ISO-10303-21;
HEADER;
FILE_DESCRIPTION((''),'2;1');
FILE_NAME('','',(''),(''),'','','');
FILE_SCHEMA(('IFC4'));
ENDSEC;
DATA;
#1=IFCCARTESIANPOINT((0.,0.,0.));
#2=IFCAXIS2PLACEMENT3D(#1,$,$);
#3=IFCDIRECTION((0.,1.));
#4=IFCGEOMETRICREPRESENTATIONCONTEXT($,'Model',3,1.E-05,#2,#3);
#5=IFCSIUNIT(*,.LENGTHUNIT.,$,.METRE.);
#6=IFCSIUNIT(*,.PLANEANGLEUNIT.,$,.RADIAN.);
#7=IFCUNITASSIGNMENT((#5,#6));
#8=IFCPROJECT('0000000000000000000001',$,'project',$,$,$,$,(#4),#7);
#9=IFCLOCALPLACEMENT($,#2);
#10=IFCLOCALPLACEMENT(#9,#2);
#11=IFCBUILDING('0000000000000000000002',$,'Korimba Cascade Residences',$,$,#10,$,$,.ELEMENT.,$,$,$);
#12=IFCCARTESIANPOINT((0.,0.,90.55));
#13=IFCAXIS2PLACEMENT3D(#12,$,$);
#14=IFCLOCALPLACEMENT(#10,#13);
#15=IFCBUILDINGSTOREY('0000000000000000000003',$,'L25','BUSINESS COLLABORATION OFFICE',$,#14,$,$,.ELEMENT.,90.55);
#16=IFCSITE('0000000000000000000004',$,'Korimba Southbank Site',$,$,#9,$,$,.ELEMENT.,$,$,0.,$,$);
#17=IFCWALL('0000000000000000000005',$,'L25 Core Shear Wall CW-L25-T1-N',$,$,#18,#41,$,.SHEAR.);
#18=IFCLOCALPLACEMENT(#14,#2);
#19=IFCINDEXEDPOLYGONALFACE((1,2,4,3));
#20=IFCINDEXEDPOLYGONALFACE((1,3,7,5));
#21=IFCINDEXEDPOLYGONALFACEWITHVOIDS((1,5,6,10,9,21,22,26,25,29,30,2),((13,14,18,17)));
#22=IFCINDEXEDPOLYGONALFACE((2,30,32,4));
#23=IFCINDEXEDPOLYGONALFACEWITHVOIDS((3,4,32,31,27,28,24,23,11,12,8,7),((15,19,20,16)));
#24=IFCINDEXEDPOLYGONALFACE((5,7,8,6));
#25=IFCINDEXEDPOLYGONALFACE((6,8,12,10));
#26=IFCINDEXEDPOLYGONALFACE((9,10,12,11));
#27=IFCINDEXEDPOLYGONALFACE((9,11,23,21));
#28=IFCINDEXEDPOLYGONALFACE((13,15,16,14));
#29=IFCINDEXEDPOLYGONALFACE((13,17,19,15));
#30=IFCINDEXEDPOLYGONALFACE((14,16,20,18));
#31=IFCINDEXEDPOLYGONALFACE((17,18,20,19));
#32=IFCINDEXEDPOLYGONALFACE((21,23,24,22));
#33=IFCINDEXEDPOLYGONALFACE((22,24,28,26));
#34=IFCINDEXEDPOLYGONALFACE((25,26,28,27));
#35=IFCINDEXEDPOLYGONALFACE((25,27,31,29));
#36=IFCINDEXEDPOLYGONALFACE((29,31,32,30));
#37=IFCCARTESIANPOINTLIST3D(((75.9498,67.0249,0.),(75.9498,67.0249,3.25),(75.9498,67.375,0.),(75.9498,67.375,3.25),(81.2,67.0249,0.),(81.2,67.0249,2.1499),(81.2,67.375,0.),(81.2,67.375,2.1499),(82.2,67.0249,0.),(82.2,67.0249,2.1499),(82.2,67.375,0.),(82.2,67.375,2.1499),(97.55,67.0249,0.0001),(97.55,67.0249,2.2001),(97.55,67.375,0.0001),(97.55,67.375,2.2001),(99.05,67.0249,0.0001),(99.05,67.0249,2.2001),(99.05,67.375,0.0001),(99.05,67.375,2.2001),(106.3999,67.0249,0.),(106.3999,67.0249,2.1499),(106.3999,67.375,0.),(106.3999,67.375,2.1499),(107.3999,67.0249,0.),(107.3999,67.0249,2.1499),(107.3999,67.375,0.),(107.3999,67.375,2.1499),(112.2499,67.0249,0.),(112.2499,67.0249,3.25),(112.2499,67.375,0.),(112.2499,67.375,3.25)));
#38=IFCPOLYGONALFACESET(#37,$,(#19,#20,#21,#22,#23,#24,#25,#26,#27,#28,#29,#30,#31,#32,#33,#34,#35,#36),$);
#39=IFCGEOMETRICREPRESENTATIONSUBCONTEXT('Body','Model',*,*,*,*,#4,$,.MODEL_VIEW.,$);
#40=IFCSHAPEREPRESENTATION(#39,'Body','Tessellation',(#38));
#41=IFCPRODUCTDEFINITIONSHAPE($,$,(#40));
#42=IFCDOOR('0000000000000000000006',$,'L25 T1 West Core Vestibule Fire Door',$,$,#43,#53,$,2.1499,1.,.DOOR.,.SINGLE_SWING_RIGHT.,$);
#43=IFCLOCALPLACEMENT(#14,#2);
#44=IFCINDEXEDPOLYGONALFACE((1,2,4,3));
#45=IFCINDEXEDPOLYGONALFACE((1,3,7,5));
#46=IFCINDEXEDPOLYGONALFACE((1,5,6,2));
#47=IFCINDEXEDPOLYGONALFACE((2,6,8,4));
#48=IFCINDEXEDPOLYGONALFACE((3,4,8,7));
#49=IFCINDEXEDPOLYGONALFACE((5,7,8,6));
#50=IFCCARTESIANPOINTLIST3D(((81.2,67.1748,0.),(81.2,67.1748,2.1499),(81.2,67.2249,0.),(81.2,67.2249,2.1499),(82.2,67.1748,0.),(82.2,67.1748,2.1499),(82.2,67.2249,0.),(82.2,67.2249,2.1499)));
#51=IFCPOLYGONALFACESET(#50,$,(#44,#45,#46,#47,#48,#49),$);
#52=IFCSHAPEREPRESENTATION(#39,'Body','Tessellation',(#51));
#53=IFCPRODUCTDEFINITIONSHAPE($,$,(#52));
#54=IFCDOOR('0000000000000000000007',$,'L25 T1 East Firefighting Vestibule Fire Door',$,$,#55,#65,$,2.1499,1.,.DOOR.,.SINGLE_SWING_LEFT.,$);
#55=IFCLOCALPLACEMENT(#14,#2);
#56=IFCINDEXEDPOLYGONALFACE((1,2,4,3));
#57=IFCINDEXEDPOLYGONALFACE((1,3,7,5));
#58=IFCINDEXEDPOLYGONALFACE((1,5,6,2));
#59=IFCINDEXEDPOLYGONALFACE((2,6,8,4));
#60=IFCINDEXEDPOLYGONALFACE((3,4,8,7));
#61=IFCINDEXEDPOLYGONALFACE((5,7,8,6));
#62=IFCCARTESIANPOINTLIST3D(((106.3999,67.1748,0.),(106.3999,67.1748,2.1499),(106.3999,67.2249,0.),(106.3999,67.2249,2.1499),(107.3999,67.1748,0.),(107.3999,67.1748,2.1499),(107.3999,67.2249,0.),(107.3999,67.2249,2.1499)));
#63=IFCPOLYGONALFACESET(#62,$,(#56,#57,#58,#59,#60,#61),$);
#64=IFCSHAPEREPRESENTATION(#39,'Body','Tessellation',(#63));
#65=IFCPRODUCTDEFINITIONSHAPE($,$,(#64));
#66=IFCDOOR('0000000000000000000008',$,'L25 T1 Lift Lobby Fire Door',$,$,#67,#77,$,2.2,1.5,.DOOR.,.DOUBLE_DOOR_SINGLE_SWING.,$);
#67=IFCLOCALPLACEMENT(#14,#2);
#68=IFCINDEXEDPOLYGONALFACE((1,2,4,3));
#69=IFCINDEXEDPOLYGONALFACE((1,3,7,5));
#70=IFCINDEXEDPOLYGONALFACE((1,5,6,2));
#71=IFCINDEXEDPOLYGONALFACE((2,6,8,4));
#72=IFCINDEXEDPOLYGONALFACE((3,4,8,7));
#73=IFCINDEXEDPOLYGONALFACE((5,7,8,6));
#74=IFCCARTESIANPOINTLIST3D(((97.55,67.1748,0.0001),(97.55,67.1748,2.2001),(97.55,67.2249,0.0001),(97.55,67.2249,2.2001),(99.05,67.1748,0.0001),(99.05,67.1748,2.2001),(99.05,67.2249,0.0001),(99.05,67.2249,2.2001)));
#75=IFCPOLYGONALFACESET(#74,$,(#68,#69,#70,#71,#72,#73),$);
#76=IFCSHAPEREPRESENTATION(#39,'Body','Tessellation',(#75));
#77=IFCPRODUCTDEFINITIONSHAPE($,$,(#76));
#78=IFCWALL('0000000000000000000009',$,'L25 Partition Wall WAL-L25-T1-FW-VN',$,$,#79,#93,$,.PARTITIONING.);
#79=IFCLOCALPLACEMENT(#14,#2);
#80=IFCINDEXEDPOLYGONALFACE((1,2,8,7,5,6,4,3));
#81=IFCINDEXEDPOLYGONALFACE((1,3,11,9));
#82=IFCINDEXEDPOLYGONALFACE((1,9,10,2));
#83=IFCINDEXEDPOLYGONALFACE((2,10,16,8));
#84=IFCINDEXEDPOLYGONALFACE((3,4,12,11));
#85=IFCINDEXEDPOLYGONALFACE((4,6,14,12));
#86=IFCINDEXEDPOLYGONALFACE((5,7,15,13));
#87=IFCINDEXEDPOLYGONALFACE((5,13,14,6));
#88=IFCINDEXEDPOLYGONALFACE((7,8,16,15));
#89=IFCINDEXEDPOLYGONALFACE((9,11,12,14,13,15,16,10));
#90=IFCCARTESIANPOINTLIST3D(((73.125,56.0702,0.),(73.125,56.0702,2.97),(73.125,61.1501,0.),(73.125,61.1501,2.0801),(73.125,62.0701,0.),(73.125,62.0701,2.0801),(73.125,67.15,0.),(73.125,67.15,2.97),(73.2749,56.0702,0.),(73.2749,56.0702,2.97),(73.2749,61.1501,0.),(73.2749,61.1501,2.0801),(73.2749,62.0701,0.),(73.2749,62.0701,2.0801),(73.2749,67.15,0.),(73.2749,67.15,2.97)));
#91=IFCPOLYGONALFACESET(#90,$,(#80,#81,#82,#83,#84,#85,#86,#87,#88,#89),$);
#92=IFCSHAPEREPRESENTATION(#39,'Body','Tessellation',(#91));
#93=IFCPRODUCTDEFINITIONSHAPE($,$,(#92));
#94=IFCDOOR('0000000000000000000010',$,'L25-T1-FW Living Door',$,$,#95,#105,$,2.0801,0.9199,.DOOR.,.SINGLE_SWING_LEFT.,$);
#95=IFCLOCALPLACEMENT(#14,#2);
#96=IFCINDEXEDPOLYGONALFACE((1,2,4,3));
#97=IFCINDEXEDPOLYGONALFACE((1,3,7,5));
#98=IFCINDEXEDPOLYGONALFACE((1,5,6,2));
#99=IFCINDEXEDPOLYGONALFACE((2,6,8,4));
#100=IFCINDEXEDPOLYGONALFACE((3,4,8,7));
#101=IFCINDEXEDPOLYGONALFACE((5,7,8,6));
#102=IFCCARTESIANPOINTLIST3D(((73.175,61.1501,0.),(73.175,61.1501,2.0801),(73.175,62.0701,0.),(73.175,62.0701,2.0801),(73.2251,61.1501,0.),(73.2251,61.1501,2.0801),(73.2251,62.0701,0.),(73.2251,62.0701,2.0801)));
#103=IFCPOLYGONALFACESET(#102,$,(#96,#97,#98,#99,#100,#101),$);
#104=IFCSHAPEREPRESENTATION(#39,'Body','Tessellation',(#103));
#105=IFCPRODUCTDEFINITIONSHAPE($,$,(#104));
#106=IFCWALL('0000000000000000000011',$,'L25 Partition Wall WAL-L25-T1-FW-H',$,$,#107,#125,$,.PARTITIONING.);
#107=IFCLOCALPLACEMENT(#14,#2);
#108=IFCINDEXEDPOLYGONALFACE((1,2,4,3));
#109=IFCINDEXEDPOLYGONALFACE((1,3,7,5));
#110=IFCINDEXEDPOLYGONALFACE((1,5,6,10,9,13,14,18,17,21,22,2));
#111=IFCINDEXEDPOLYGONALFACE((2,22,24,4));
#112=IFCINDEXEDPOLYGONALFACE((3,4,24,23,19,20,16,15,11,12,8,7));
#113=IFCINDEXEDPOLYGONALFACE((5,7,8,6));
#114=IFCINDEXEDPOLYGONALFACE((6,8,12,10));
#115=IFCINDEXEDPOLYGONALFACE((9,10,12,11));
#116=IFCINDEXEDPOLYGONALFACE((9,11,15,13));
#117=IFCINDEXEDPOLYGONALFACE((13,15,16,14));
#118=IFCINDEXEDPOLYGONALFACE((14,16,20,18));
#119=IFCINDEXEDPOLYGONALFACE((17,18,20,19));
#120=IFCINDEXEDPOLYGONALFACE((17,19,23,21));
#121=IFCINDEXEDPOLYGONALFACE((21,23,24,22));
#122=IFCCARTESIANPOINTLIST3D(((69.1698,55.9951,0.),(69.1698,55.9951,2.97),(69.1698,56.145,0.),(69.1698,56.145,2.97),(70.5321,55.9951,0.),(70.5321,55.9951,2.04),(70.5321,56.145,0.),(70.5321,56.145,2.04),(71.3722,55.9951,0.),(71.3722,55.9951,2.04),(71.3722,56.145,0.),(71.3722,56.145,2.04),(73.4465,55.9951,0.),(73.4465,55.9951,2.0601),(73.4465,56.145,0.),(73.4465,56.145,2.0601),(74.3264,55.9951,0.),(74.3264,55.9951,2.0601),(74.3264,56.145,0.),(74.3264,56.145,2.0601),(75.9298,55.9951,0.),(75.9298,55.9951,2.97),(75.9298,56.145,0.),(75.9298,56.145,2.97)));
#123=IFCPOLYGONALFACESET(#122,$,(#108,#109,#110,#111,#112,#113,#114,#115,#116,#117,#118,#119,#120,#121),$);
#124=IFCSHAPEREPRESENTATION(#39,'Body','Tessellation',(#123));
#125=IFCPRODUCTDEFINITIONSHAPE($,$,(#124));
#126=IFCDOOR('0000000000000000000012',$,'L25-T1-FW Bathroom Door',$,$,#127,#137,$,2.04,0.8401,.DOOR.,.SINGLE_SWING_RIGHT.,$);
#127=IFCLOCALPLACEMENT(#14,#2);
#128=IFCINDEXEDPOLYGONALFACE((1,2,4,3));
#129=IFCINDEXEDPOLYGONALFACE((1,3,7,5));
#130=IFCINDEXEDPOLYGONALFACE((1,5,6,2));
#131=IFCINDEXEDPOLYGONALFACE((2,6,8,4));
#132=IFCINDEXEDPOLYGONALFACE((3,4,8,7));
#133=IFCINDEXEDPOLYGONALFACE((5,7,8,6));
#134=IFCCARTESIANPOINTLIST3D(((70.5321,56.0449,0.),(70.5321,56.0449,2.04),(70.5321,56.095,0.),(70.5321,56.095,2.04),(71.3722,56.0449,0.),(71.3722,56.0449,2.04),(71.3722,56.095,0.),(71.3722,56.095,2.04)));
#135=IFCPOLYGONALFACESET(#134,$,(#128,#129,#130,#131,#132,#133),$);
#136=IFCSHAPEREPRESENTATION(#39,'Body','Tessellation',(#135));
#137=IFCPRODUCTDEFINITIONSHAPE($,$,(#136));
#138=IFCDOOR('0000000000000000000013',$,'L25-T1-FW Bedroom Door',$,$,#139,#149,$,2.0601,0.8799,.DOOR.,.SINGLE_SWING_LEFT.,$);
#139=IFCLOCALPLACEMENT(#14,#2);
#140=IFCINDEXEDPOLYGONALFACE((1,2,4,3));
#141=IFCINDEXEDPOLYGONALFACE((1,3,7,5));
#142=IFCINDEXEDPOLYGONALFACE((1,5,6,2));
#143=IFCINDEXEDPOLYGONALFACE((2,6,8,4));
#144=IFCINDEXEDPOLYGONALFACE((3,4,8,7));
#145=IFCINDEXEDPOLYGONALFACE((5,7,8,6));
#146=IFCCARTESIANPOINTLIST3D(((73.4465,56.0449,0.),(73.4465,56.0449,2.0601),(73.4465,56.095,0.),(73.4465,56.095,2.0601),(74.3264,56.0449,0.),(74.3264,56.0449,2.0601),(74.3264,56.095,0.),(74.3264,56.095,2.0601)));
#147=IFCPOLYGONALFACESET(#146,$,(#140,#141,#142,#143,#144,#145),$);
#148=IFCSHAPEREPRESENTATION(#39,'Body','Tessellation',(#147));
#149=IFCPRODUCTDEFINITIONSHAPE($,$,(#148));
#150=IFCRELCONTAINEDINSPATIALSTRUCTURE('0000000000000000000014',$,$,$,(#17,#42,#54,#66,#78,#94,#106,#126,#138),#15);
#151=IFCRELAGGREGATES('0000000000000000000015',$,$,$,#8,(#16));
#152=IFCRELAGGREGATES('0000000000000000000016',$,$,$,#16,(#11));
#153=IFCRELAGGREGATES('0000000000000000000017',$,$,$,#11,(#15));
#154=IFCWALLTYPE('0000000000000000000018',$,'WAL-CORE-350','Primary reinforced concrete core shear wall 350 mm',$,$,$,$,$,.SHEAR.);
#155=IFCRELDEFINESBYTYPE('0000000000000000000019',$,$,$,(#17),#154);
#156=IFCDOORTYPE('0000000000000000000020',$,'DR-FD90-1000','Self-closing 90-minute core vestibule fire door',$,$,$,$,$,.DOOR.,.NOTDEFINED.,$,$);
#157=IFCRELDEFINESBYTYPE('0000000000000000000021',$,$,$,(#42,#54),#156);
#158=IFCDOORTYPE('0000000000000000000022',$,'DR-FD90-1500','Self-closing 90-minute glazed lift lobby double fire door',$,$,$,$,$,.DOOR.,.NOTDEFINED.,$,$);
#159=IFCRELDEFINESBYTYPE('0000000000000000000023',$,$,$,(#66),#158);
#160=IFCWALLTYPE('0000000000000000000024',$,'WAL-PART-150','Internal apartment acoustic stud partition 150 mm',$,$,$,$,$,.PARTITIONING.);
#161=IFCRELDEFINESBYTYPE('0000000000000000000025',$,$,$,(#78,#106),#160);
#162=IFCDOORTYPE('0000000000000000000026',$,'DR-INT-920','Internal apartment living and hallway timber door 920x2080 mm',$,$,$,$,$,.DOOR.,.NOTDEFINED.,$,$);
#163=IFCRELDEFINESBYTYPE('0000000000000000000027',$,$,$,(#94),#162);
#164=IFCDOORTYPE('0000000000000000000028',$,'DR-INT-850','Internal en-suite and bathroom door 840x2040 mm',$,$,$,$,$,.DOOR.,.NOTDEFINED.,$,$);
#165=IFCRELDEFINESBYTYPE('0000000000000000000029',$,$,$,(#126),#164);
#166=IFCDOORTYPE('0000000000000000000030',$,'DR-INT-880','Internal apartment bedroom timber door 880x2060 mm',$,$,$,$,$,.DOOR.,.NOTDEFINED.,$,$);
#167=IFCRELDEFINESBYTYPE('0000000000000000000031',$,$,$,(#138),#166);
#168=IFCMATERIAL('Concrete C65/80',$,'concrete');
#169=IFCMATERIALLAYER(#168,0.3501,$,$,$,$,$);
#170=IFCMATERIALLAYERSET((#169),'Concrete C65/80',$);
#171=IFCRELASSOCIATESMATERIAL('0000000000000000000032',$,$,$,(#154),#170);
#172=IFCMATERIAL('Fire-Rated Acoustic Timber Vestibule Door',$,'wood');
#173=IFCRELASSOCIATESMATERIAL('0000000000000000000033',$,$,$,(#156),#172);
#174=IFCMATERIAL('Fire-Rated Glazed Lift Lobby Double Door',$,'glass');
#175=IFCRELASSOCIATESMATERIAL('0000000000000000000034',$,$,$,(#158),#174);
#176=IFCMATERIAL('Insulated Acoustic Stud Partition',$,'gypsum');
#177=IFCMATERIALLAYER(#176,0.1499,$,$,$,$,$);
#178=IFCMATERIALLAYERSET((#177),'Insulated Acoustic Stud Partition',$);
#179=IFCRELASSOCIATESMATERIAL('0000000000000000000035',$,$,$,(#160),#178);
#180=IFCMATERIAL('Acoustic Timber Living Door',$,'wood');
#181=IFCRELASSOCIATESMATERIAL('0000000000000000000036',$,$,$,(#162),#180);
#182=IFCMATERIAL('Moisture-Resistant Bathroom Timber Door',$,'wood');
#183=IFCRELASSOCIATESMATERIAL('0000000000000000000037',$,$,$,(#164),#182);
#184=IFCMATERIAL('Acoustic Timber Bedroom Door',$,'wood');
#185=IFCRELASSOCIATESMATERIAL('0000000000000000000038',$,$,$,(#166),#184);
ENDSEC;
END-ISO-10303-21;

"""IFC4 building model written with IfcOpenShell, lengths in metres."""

from ifc_helpers import new_model, si_unit, direction, frame, frame_2d, origin, place, context, subcontext, project, spatial, rectangle, extrude, material, layer, layer_set, type_object, element, fill, save


model = new_model("IFC4")

# Units and contexts
model_context = context("Model", 3, precision=1e-05, world=origin(), true_north=direction((0.0, 1.0)))
body_context = subcontext(model_context, "Body", "Model", "MODEL_VIEW")
ifc_project = project(units=[si_unit("LENGTHUNIT", "METRE"), si_unit("PLANEANGLEUNIT", "RADIAN")], contexts=[model_context])

# Site, building, storey
site_placement = place(None, origin())
site = spatial("IfcSite", under=ifc_project, at=site_placement, Name="Korimba Southbank Site", CompositionType="ELEMENT", RefElevation=0.0)
building_placement = place(site_placement, origin())
building = spatial("IfcBuilding", under=site, at=building_placement, Name="Korimba Cascade Residences", CompositionType="ELEMENT")
storey_placement = place(building_placement, frame((0.0, 0.0, 90.55)))
storey = spatial("IfcBuildingStorey", under=building, at=storey_placement, Name="L25", Description="BUSINESS COLLABORATION OFFICE", CompositionType="ELEMENT", Elevation=90.55)

# Shared definitions
ifc_material_1 = material(Name="Concrete C65/80", Category="concrete")

# Shared definitions
ifc_layer_1 = layer(ifc_material_1, 0.3501)
ifc_layer_set_1 = layer_set([ifc_layer_1], Name="Concrete C65/80")
wall_type_1 = type_object("IfcWallType", Name="WAL-CORE-350", Description="Primary reinforced concrete core shear wall 350 mm", PredefinedType="SHEAR", material=ifc_layer_set_1)

# Wall, openings, doors
wall_1_placement = place(storey_placement, frame((75.95, 67.2, 0.0), z_axis=(0.0, 0.0, 1.0), x_axis=(1.0, 0.0, 0.0)))
wall_1 = element("IfcWall", 1, at=wall_1_placement, inside=storey, type_object=wall_type_1, Name="L25 Core Shear Wall CW-L25-T1-N", PredefinedType="SHEAR", context=body_context, shape_type="SweptSolid", body=[
    extrude(rectangle(XDim=36.3, YDim=0.3501, at=frame_2d((18.1499, 0.0))), origin(), (0.0, 0.0, 1.0), 3.25),
])
opening_1_placement = place(wall_1_placement, frame((5.25, 0.0, 0.0)))
opening_1 = element("IfcOpeningElement", 2, at=opening_1_placement, cuts=wall_1, PredefinedType="OPENING", context=body_context, shape_type="SweptSolid", body=[
    extrude(rectangle(XDim=1.0, YDim=2.1499, at=frame_2d((0.5, 1.075))), frame((0.0, 0.1851, 0.0), z_axis=(0.0, -1.0, 0.0), x_axis=(1.0, 0.0, 0.0)), (0.0, 0.0, 1.0), 0.3701),
])
opening_2_placement = place(wall_1_placement, frame((21.6001, 0.0, 0.0)))
opening_2 = element("IfcOpeningElement", 3, at=opening_2_placement, cuts=wall_1, PredefinedType="OPENING", context=body_context, shape_type="SweptSolid", body=[
    extrude(rectangle(XDim=1.5, YDim=2.2, at=frame_2d((0.75, 1.1001))), frame((0.0, 0.1851, 0.0), z_axis=(0.0, -1.0, 0.0), x_axis=(1.0, 0.0, 0.0)), (0.0, 0.0, 1.0), 0.3701),
])
opening_3_placement = place(wall_1_placement, frame((30.45, 0.0, 0.0)))
opening_3 = element("IfcOpeningElement", 4, at=opening_3_placement, cuts=wall_1, PredefinedType="OPENING", context=body_context, shape_type="SweptSolid", body=[
    extrude(rectangle(XDim=1.0, YDim=2.1499, at=frame_2d((0.5, 1.075))), frame((0.0, 0.1851, 0.0), z_axis=(0.0, -1.0, 0.0), x_axis=(1.0, 0.0, 0.0)), (0.0, 0.0, 1.0), 0.3701),
])
ifc_material_2 = material(Name="Fire-Rated Acoustic Timber Vestibule Door", Category="wood")
door_type_1 = type_object("IfcDoorType", Name="DR-FD90-1000", Description="Self-closing 90-minute core vestibule fire door", OperationType="NOTDEFINED", PredefinedType="DOOR", material=ifc_material_2)
door_1_placement = place(opening_1_placement, origin())
door_1 = element("IfcDoor", 5, at=door_1_placement, inside=storey, type_object=door_type_1, Name="L25 T1 West Core Vestibule Fire Door", OperationType="SINGLE_SWING_RIGHT", OverallHeight=2.1499, OverallWidth=1.0, PredefinedType="DOOR", context=body_context, shape_type="SweptSolid", body=[
    extrude(rectangle(XDim=1.0, YDim=2.1499, at=frame_2d((0.5, 1.075))), frame((0.0, 0.0249, 0.0), z_axis=(0.0, -1.0, 0.0), x_axis=(1.0, 0.0, 0.0)), (0.0, 0.0, 1.0), 0.05),
])
fill(opening_1, door_1)
door_2_placement = place(opening_3_placement, origin())
door_2 = element("IfcDoor", 6, at=door_2_placement, inside=storey, type_object=door_type_1, Name="L25 T1 East Firefighting Vestibule Fire Door", OperationType="SINGLE_SWING_LEFT", OverallHeight=2.1499, OverallWidth=1.0, PredefinedType="DOOR", context=body_context, shape_type="SweptSolid", body=[
    extrude(rectangle(XDim=1.0, YDim=2.1499, at=frame_2d((0.5, 1.075))), frame((0.0, 0.0249, 0.0), z_axis=(0.0, -1.0, 0.0), x_axis=(1.0, 0.0, 0.0)), (0.0, 0.0, 1.0), 0.05),
])
fill(opening_3, door_2)
ifc_material_3 = material(Name="Fire-Rated Glazed Lift Lobby Double Door", Category="glass")
door_type_2 = type_object("IfcDoorType", Name="DR-FD90-1500", Description="Self-closing 90-minute glazed lift lobby double fire door", OperationType="NOTDEFINED", PredefinedType="DOOR", material=ifc_material_3)
door_3_placement = place(opening_2_placement, origin())
door_3 = element("IfcDoor", 7, at=door_3_placement, inside=storey, type_object=door_type_2, Name="L25 T1 Lift Lobby Fire Door", OperationType="DOUBLE_DOOR_SINGLE_SWING", OverallHeight=2.2, OverallWidth=1.5, PredefinedType="DOOR", context=body_context, shape_type="SweptSolid", body=[
    extrude(rectangle(XDim=1.5, YDim=2.2, at=frame_2d((0.75, 1.1001))), frame((0.0, 0.0249, 0.0), z_axis=(0.0, -1.0, 0.0), x_axis=(1.0, 0.0, 0.0)), (0.0, 0.0, 1.0), 0.05),
])
fill(opening_2, door_3)

# Wall, opening, door
ifc_material_4 = material(Name="Insulated Acoustic Stud Partition", Category="gypsum")
ifc_layer_2 = layer(ifc_material_4, 0.1499)
ifc_layer_set_2 = layer_set([ifc_layer_2], Name="Insulated Acoustic Stud Partition")
wall_type_2 = type_object("IfcWallType", Name="WAL-PART-150", Description="Internal apartment acoustic stud partition 150 mm", PredefinedType="PARTITIONING", material=ifc_layer_set_2)
wall_2_placement = place(storey_placement, frame((73.2, 56.0701, 0.0), z_axis=(0.0, 0.0, 1.0), x_axis=(0.0, 1.0, 0.0)))
wall_2 = element("IfcWall", 8, at=wall_2_placement, inside=storey, type_object=wall_type_2, Name="L25 Partition Wall WAL-L25-T1-FW-VN", PredefinedType="PARTITIONING", context=body_context, shape_type="SweptSolid", body=[
    extrude(rectangle(XDim=11.0798, YDim=0.1499, at=frame_2d((5.54, 0.0))), origin(), (0.0, 0.0, 1.0), 2.97),
])
opening_4_placement = place(wall_2_placement, frame((5.0801, 0.0, 0.0)))
opening_4 = element("IfcOpeningElement", 9, at=opening_4_placement, cuts=wall_2, PredefinedType="OPENING", context=body_context, shape_type="SweptSolid", body=[
    extrude(rectangle(XDim=0.9199, YDim=2.0801, at=frame_2d((0.46, 1.04))), frame((0.0, 0.085, 0.0), z_axis=(0.0, -1.0, 0.0), x_axis=(1.0, 0.0, 0.0)), (0.0, 0.0, 1.0), 0.1699),
])
ifc_material_5 = material(Name="Acoustic Timber Living Door", Category="wood")
door_type_3 = type_object("IfcDoorType", Name="DR-INT-920", Description="Internal apartment living and hallway timber door 920x2080 mm", OperationType="NOTDEFINED", PredefinedType="DOOR", material=ifc_material_5)
door_4_placement = place(opening_4_placement, origin())
door_4 = element("IfcDoor", 10, at=door_4_placement, inside=storey, type_object=door_type_3, Name="L25-T1-FW Living Door", OperationType="SINGLE_SWING_LEFT", OverallHeight=2.0801, OverallWidth=0.9199, PredefinedType="DOOR", context=body_context, shape_type="SweptSolid", body=[
    extrude(rectangle(XDim=0.9199, YDim=2.0801, at=frame_2d((0.46, 1.04))), frame((0.0, 0.0249, 0.0), z_axis=(0.0, -1.0, 0.0), x_axis=(1.0, 0.0, 0.0)), (0.0, 0.0, 1.0), 0.05),
])
fill(opening_4, door_4)

# Wall, openings, doors
wall_3_placement = place(storey_placement, frame((69.1699, 56.0701, 0.0), z_axis=(0.0, 0.0, 1.0), x_axis=(1.0, 0.0, 0.0)))
wall_3 = element("IfcWall", 11, at=wall_3_placement, inside=storey, type_object=wall_type_2, Name="L25 Partition Wall WAL-L25-T1-FW-H", PredefinedType="PARTITIONING", context=body_context, shape_type="SweptSolid", body=[
    extrude(rectangle(XDim=6.76, YDim=0.1499, at=frame_2d((3.3799, 0.0))), origin(), (0.0, 0.0, 1.0), 2.97),
])
opening_5_placement = place(wall_3_placement, frame((1.3623, 0.0, 0.0)))
opening_5 = element("IfcOpeningElement", 12, at=opening_5_placement, cuts=wall_3, PredefinedType="OPENING", context=body_context, shape_type="SweptSolid", body=[
    extrude(rectangle(XDim=0.8401, YDim=2.04, at=frame_2d((0.4199, 1.02))), frame((0.0, 0.085, 0.0), z_axis=(0.0, -1.0, 0.0), x_axis=(1.0, 0.0, 0.0)), (0.0, 0.0, 1.0), 0.1699),
])
opening_6_placement = place(wall_3_placement, frame((4.2766, 0.0, 0.0)))
opening_6 = element("IfcOpeningElement", 13, at=opening_6_placement, cuts=wall_3, PredefinedType="OPENING", context=body_context, shape_type="SweptSolid", body=[
    extrude(rectangle(XDim=0.8799, YDim=2.0601, at=frame_2d((0.4399, 1.03))), frame((0.0, 0.085, 0.0), z_axis=(0.0, -1.0, 0.0), x_axis=(1.0, 0.0, 0.0)), (0.0, 0.0, 1.0), 0.1699),
])
ifc_material_6 = material(Name="Moisture-Resistant Bathroom Timber Door", Category="wood")
door_type_4 = type_object("IfcDoorType", Name="DR-INT-850", Description="Internal en-suite and bathroom door 840x2040 mm", OperationType="NOTDEFINED", PredefinedType="DOOR", material=ifc_material_6)
door_5_placement = place(opening_5_placement, origin())
door_5 = element("IfcDoor", 14, at=door_5_placement, inside=storey, type_object=door_type_4, Name="L25-T1-FW Bathroom Door", OperationType="SINGLE_SWING_RIGHT", OverallHeight=2.04, OverallWidth=0.8401, PredefinedType="DOOR", context=body_context, shape_type="SweptSolid", body=[
    extrude(rectangle(XDim=0.8401, YDim=2.04, at=frame_2d((0.4199, 1.02))), frame((0.0, 0.0249, 0.0), z_axis=(0.0, -1.0, 0.0), x_axis=(1.0, 0.0, 0.0)), (0.0, 0.0, 1.0), 0.05),
])
fill(opening_5, door_5)
ifc_material_7 = material(Name="Acoustic Timber Bedroom Door", Category="wood")
door_type_5 = type_object("IfcDoorType", Name="DR-INT-880", Description="Internal apartment bedroom timber door 880x2060 mm", OperationType="NOTDEFINED", PredefinedType="DOOR", material=ifc_material_7)
door_6_placement = place(opening_6_placement, origin())
door_6 = element("IfcDoor", 15, at=door_6_placement, inside=storey, type_object=door_type_5, Name="L25-T1-FW Bedroom Door", OperationType="SINGLE_SWING_LEFT", OverallHeight=2.0601, OverallWidth=0.8799, PredefinedType="DOOR", context=body_context, shape_type="SweptSolid", body=[
    extrude(rectangle(XDim=0.8799, YDim=2.0601, at=frame_2d((0.4399, 1.03))), frame((0.0, 0.0249, 0.0), z_axis=(0.0, -1.0, 0.0), x_axis=(1.0, 0.0, 0.0)), (0.0, 0.0, 1.0), 0.05),
])
fill(opening_6, door_6)

save(model, "model.ifc")
